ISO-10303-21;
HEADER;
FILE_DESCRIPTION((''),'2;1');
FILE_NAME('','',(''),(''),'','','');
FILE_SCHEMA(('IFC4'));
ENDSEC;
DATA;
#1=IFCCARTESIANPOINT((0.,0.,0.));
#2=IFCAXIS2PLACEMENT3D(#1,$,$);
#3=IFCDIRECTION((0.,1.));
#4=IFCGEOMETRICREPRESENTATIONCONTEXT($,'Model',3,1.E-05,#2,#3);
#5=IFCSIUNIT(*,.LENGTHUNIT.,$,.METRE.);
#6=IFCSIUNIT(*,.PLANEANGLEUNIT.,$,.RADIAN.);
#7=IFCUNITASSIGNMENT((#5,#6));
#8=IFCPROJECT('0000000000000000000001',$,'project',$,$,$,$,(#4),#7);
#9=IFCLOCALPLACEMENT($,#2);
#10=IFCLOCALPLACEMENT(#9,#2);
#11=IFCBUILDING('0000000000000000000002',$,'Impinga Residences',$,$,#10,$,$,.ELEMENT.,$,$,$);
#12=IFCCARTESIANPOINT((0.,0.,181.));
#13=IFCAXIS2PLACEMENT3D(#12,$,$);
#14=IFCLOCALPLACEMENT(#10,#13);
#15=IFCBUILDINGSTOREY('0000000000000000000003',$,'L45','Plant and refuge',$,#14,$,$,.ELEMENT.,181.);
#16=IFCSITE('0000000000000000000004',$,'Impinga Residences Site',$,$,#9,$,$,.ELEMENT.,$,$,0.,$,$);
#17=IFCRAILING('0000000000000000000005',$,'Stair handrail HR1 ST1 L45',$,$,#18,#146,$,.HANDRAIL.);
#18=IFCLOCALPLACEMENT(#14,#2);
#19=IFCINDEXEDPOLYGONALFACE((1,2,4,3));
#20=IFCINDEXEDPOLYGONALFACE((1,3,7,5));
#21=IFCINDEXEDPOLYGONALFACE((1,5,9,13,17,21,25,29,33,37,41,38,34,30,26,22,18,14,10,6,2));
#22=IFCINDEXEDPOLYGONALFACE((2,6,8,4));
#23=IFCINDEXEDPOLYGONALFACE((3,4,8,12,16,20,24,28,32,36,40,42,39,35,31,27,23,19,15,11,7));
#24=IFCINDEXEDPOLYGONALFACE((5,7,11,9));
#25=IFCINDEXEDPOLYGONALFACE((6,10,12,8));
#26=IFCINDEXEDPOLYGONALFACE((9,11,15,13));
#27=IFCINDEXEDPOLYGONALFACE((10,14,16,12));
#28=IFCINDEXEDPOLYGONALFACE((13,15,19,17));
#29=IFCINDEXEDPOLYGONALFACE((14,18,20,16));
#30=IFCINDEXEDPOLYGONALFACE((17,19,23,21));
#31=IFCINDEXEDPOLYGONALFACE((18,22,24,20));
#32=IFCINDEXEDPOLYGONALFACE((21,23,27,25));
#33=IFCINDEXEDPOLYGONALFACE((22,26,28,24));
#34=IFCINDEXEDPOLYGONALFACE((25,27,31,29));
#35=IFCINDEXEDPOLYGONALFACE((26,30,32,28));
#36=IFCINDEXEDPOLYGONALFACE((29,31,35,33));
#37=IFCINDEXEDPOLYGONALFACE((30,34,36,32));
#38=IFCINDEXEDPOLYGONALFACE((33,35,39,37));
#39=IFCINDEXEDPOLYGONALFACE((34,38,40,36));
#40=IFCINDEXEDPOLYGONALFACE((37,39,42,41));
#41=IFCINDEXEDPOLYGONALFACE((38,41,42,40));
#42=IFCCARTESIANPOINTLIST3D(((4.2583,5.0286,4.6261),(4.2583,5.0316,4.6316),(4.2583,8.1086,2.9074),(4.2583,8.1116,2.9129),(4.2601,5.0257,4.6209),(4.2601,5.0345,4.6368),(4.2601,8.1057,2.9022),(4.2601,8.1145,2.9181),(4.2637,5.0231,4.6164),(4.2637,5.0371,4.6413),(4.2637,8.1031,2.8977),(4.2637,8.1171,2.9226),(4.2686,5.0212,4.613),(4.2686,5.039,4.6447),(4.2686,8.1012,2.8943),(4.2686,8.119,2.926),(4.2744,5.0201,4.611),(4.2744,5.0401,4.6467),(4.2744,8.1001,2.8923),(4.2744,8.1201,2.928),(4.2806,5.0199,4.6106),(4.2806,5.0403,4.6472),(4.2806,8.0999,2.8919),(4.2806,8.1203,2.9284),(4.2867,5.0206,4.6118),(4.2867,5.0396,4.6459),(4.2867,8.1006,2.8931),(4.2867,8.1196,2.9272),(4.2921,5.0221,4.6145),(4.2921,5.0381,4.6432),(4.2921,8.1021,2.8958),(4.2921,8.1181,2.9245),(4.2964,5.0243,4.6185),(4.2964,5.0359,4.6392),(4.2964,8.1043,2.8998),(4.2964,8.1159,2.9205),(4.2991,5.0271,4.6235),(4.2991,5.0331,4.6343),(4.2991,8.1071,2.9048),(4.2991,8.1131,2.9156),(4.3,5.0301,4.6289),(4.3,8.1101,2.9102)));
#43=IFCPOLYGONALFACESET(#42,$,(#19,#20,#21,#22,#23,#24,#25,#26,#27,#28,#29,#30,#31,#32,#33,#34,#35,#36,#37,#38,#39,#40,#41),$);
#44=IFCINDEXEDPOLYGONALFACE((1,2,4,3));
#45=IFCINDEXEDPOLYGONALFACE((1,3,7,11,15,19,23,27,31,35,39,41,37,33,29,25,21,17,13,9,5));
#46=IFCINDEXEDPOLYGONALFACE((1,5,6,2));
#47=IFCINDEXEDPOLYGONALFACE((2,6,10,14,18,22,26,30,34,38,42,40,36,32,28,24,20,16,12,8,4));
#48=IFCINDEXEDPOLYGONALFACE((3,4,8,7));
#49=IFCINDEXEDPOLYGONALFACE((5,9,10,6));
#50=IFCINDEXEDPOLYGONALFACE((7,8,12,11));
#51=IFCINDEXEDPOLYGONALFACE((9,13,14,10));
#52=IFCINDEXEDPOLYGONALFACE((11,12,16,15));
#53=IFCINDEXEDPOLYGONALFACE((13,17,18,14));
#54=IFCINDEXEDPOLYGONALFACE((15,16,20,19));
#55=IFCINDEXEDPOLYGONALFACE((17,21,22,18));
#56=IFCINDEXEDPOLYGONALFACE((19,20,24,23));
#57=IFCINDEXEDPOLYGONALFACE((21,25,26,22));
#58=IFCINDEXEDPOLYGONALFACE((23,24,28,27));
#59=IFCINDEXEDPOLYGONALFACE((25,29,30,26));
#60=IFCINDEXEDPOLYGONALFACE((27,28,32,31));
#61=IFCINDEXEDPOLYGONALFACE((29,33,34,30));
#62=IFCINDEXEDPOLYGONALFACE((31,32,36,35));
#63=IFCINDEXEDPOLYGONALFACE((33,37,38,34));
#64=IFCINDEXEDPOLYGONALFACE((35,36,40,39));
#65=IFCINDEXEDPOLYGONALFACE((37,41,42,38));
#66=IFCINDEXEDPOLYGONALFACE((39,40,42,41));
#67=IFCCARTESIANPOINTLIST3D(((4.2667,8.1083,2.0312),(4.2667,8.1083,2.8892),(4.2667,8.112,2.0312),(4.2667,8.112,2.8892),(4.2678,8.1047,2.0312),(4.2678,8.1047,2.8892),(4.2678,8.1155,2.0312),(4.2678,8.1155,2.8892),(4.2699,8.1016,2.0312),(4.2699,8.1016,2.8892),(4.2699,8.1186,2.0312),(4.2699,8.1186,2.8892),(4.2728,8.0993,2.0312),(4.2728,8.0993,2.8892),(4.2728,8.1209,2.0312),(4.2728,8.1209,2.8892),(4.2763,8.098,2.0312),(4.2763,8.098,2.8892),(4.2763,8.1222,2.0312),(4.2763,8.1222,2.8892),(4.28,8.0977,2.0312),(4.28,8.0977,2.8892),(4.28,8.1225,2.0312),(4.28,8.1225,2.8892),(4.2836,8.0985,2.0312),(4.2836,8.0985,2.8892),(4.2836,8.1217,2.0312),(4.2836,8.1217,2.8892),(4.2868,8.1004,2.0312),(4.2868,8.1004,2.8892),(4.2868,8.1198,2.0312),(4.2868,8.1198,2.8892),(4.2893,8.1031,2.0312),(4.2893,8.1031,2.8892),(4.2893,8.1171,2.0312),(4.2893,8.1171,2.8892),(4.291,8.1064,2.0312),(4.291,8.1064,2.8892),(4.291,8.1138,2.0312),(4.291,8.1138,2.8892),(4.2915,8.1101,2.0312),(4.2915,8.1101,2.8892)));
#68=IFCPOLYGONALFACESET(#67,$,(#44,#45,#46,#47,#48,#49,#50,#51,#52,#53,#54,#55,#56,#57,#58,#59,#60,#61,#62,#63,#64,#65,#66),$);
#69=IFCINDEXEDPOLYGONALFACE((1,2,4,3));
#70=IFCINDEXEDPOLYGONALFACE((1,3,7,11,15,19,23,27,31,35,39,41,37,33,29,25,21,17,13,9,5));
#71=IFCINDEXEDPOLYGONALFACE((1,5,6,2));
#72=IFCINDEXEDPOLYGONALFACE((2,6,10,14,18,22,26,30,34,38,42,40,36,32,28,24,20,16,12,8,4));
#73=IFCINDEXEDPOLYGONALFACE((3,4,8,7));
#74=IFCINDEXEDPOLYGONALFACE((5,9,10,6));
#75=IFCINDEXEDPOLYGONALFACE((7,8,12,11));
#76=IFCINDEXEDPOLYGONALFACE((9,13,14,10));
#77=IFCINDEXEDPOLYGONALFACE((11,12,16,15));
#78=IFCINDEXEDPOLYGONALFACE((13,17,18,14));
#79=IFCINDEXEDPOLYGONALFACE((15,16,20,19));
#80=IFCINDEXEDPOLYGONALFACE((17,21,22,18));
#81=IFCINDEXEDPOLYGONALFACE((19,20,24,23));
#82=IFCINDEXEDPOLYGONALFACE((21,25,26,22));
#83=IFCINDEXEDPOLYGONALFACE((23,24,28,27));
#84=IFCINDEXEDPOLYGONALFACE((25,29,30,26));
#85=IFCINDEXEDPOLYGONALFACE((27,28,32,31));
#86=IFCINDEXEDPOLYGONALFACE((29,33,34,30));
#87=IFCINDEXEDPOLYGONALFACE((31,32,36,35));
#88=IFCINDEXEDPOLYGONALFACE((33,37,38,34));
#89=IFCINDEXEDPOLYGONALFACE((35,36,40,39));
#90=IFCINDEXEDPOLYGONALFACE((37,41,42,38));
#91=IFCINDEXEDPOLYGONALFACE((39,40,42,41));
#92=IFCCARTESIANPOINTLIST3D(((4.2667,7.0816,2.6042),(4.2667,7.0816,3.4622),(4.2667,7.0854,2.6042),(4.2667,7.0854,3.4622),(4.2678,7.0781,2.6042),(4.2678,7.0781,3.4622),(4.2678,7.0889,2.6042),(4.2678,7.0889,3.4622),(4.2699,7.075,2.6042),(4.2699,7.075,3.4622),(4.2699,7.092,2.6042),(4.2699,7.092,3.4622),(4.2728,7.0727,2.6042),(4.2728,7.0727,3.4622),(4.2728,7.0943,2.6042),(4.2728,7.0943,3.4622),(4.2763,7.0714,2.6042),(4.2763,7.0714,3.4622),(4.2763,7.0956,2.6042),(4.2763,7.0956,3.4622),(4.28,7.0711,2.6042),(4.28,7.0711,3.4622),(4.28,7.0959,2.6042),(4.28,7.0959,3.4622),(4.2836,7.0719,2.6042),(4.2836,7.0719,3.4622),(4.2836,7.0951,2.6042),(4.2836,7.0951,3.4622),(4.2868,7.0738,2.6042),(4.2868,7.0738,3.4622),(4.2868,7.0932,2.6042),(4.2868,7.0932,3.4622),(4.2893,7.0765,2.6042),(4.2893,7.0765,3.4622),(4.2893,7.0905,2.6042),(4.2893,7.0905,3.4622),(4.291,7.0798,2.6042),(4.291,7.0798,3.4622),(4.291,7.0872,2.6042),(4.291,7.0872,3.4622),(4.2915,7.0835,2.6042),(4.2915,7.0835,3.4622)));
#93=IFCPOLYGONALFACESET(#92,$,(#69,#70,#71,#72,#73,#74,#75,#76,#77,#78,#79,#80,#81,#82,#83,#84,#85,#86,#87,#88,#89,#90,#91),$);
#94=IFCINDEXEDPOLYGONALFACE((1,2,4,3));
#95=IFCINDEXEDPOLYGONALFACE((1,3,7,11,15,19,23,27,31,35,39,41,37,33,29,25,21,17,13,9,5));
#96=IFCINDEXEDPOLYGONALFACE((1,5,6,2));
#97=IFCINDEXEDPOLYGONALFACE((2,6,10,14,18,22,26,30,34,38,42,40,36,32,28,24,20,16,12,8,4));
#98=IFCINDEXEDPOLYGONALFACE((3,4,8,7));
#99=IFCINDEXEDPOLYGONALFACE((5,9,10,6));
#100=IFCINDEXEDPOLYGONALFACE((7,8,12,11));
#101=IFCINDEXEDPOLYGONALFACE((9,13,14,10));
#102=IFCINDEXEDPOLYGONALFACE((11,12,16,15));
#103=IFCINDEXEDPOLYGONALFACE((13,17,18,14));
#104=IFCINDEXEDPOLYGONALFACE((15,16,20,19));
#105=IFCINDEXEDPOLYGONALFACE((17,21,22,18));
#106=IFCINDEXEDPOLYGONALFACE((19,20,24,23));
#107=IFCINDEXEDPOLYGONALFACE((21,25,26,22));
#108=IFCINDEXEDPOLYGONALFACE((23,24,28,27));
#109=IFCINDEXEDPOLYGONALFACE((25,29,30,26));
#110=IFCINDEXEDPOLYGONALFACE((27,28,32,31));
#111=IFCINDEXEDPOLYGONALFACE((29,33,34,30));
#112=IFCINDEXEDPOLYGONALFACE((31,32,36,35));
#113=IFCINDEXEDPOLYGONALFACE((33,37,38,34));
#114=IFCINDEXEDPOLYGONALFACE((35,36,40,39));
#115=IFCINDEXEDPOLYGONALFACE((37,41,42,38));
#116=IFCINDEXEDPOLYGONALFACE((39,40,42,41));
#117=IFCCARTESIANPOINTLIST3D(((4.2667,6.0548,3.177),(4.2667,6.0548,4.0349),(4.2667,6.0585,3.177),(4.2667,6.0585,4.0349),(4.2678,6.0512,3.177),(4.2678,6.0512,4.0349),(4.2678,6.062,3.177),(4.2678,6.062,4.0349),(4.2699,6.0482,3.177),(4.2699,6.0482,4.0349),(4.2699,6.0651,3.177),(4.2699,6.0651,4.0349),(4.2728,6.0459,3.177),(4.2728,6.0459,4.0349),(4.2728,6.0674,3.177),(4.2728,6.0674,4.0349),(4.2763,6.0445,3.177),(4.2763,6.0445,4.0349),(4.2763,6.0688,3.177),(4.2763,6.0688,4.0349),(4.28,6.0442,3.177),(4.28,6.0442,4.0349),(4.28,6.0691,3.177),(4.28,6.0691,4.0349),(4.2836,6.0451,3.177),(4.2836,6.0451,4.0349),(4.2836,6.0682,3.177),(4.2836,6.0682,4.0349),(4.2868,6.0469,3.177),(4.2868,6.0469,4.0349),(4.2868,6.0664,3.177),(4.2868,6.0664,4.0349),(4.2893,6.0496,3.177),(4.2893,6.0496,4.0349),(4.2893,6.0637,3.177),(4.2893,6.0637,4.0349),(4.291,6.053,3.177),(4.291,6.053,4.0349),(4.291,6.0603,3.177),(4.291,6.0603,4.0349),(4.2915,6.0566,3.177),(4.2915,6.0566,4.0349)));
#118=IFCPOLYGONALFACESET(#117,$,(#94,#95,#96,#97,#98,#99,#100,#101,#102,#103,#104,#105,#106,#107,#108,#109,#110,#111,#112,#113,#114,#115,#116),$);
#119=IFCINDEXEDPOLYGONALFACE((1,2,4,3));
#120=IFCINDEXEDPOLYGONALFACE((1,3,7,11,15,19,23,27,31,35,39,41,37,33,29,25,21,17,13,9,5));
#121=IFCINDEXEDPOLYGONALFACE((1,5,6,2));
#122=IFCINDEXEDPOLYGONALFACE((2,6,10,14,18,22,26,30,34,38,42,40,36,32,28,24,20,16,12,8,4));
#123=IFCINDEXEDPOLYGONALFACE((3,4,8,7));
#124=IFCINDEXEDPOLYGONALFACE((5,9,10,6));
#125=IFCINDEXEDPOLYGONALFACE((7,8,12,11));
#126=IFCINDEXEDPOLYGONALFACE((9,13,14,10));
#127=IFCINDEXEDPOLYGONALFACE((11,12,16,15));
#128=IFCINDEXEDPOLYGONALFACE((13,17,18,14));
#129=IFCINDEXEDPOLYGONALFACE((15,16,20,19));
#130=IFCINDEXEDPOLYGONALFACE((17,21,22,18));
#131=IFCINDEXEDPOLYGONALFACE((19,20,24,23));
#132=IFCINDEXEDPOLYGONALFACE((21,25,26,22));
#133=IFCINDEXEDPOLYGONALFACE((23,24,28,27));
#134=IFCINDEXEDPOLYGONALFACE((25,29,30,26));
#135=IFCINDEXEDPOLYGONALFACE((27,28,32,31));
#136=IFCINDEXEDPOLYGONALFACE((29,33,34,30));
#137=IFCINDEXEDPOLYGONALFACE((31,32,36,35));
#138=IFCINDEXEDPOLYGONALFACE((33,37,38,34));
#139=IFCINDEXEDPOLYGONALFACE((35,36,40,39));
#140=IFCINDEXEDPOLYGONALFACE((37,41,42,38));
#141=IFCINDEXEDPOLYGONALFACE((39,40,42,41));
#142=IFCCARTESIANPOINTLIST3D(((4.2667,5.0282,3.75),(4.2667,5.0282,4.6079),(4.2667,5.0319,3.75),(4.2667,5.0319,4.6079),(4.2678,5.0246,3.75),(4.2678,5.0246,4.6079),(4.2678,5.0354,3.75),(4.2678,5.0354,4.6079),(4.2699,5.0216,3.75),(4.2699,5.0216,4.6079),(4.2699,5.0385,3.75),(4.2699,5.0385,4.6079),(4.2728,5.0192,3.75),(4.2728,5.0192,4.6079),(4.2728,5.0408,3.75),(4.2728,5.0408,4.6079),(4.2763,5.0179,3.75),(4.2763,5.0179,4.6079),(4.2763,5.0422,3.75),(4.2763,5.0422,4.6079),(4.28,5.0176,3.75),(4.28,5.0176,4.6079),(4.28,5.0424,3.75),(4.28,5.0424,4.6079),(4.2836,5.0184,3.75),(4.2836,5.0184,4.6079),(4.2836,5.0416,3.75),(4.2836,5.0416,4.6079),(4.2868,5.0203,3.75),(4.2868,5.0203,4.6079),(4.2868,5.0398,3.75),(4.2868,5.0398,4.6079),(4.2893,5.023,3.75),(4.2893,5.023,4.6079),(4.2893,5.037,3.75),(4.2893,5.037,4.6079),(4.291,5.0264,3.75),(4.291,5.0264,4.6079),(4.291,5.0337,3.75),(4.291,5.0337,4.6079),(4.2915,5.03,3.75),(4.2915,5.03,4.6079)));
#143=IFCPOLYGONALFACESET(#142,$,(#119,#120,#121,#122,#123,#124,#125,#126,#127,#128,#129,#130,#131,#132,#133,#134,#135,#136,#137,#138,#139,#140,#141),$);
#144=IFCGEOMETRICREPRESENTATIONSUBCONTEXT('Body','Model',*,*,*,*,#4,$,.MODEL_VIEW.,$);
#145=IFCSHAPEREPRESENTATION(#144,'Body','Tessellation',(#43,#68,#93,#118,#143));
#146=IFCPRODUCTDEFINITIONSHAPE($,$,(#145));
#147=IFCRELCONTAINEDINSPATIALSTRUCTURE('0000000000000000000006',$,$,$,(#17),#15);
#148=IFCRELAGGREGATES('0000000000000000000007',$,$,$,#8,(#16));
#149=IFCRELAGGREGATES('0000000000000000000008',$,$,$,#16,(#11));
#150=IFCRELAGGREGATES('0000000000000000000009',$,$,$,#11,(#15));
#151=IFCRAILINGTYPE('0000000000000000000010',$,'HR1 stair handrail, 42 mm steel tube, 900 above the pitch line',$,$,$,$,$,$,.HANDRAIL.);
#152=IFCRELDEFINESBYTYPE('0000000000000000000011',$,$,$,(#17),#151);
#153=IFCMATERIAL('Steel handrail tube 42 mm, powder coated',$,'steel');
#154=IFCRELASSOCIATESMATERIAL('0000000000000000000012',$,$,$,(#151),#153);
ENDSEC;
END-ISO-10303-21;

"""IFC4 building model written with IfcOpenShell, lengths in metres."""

from ifc_helpers import new_model, si_unit, direction, frame, origin, origin_2d, place, context, subcontext, project, spatial, circle, extrude, material, type_object, element, save


model = new_model("IFC4")

# Units and contexts
model_context = context("Model", 3, precision=1e-05, world=origin(), true_north=direction((0.0, 1.0)))
body_context = subcontext(model_context, "Body", "Model", "MODEL_VIEW")
ifc_project = project(units=[si_unit("LENGTHUNIT", "METRE"), si_unit("PLANEANGLEUNIT", "RADIAN")], contexts=[model_context])

# Site, building, storey
site_placement = place(None, origin())
site = spatial("IfcSite", under=ifc_project, at=site_placement, Name="Impinga Residences Site", CompositionType="ELEMENT", RefElevation=0.0)
building_placement = place(site_placement, origin())
building = spatial("IfcBuilding", under=site, at=building_placement, Name="Impinga Residences", CompositionType="ELEMENT")
storey_placement = place(building_placement, frame((0.0, 0.0, 181.0)))
storey = spatial("IfcBuildingStorey", under=building, at=storey_placement, Name="L45", Description="Plant and refuge", CompositionType="ELEMENT", Elevation=181.0)

# Railing
ifc_material_1 = material(Name="Steel handrail tube 42 mm, powder coated", Category="steel")
railing_type_1 = type_object("IfcRailingType", Name="HR1 stair handrail, 42 mm steel tube, 900 above the pitch line", PredefinedType="HANDRAIL", material=ifc_material_1)
for number, where, name in (
    (1, (4.2791, 8.1101, 2.0312), "Stair handrail HR1 ST1 L45"),
):
    element("IfcRailing", number, at=place(storey_placement, frame(where)), inside=storey, type_object=railing_type_1, Name=name, PredefinedType="HANDRAIL", context=body_context, shape_type="SweptSolid", body=[
        extrude(circle(Radius=0.021, at=origin_2d()), frame((0.0, 0.0, 0.8789), z_axis=(0.0, -0.873242, 0.487288), x_axis=(1.0, 0.0, 0.0)), (0.0, 0.0, 1.0), 3.5271),
        extrude(circle(Radius=0.0125, at=origin_2d()), origin(), (0.0, 0.0, 1.0), 0.8579),
        extrude(circle(Radius=0.0125, at=origin_2d()), frame((0.0, -1.0266, 0.573)), (0.0, 0.0, 1.0), 0.8579),
        extrude(circle(Radius=0.0125, at=origin_2d()), frame((0.0, -2.0535, 1.1458)), (0.0, 0.0, 1.0), 0.8579),
        extrude(circle(Radius=0.0125, at=origin_2d()), frame((0.0, -3.0801, 1.7188)), (0.0, 0.0, 1.0), 0.8579),
    ])

save(model, "model.ifc")
